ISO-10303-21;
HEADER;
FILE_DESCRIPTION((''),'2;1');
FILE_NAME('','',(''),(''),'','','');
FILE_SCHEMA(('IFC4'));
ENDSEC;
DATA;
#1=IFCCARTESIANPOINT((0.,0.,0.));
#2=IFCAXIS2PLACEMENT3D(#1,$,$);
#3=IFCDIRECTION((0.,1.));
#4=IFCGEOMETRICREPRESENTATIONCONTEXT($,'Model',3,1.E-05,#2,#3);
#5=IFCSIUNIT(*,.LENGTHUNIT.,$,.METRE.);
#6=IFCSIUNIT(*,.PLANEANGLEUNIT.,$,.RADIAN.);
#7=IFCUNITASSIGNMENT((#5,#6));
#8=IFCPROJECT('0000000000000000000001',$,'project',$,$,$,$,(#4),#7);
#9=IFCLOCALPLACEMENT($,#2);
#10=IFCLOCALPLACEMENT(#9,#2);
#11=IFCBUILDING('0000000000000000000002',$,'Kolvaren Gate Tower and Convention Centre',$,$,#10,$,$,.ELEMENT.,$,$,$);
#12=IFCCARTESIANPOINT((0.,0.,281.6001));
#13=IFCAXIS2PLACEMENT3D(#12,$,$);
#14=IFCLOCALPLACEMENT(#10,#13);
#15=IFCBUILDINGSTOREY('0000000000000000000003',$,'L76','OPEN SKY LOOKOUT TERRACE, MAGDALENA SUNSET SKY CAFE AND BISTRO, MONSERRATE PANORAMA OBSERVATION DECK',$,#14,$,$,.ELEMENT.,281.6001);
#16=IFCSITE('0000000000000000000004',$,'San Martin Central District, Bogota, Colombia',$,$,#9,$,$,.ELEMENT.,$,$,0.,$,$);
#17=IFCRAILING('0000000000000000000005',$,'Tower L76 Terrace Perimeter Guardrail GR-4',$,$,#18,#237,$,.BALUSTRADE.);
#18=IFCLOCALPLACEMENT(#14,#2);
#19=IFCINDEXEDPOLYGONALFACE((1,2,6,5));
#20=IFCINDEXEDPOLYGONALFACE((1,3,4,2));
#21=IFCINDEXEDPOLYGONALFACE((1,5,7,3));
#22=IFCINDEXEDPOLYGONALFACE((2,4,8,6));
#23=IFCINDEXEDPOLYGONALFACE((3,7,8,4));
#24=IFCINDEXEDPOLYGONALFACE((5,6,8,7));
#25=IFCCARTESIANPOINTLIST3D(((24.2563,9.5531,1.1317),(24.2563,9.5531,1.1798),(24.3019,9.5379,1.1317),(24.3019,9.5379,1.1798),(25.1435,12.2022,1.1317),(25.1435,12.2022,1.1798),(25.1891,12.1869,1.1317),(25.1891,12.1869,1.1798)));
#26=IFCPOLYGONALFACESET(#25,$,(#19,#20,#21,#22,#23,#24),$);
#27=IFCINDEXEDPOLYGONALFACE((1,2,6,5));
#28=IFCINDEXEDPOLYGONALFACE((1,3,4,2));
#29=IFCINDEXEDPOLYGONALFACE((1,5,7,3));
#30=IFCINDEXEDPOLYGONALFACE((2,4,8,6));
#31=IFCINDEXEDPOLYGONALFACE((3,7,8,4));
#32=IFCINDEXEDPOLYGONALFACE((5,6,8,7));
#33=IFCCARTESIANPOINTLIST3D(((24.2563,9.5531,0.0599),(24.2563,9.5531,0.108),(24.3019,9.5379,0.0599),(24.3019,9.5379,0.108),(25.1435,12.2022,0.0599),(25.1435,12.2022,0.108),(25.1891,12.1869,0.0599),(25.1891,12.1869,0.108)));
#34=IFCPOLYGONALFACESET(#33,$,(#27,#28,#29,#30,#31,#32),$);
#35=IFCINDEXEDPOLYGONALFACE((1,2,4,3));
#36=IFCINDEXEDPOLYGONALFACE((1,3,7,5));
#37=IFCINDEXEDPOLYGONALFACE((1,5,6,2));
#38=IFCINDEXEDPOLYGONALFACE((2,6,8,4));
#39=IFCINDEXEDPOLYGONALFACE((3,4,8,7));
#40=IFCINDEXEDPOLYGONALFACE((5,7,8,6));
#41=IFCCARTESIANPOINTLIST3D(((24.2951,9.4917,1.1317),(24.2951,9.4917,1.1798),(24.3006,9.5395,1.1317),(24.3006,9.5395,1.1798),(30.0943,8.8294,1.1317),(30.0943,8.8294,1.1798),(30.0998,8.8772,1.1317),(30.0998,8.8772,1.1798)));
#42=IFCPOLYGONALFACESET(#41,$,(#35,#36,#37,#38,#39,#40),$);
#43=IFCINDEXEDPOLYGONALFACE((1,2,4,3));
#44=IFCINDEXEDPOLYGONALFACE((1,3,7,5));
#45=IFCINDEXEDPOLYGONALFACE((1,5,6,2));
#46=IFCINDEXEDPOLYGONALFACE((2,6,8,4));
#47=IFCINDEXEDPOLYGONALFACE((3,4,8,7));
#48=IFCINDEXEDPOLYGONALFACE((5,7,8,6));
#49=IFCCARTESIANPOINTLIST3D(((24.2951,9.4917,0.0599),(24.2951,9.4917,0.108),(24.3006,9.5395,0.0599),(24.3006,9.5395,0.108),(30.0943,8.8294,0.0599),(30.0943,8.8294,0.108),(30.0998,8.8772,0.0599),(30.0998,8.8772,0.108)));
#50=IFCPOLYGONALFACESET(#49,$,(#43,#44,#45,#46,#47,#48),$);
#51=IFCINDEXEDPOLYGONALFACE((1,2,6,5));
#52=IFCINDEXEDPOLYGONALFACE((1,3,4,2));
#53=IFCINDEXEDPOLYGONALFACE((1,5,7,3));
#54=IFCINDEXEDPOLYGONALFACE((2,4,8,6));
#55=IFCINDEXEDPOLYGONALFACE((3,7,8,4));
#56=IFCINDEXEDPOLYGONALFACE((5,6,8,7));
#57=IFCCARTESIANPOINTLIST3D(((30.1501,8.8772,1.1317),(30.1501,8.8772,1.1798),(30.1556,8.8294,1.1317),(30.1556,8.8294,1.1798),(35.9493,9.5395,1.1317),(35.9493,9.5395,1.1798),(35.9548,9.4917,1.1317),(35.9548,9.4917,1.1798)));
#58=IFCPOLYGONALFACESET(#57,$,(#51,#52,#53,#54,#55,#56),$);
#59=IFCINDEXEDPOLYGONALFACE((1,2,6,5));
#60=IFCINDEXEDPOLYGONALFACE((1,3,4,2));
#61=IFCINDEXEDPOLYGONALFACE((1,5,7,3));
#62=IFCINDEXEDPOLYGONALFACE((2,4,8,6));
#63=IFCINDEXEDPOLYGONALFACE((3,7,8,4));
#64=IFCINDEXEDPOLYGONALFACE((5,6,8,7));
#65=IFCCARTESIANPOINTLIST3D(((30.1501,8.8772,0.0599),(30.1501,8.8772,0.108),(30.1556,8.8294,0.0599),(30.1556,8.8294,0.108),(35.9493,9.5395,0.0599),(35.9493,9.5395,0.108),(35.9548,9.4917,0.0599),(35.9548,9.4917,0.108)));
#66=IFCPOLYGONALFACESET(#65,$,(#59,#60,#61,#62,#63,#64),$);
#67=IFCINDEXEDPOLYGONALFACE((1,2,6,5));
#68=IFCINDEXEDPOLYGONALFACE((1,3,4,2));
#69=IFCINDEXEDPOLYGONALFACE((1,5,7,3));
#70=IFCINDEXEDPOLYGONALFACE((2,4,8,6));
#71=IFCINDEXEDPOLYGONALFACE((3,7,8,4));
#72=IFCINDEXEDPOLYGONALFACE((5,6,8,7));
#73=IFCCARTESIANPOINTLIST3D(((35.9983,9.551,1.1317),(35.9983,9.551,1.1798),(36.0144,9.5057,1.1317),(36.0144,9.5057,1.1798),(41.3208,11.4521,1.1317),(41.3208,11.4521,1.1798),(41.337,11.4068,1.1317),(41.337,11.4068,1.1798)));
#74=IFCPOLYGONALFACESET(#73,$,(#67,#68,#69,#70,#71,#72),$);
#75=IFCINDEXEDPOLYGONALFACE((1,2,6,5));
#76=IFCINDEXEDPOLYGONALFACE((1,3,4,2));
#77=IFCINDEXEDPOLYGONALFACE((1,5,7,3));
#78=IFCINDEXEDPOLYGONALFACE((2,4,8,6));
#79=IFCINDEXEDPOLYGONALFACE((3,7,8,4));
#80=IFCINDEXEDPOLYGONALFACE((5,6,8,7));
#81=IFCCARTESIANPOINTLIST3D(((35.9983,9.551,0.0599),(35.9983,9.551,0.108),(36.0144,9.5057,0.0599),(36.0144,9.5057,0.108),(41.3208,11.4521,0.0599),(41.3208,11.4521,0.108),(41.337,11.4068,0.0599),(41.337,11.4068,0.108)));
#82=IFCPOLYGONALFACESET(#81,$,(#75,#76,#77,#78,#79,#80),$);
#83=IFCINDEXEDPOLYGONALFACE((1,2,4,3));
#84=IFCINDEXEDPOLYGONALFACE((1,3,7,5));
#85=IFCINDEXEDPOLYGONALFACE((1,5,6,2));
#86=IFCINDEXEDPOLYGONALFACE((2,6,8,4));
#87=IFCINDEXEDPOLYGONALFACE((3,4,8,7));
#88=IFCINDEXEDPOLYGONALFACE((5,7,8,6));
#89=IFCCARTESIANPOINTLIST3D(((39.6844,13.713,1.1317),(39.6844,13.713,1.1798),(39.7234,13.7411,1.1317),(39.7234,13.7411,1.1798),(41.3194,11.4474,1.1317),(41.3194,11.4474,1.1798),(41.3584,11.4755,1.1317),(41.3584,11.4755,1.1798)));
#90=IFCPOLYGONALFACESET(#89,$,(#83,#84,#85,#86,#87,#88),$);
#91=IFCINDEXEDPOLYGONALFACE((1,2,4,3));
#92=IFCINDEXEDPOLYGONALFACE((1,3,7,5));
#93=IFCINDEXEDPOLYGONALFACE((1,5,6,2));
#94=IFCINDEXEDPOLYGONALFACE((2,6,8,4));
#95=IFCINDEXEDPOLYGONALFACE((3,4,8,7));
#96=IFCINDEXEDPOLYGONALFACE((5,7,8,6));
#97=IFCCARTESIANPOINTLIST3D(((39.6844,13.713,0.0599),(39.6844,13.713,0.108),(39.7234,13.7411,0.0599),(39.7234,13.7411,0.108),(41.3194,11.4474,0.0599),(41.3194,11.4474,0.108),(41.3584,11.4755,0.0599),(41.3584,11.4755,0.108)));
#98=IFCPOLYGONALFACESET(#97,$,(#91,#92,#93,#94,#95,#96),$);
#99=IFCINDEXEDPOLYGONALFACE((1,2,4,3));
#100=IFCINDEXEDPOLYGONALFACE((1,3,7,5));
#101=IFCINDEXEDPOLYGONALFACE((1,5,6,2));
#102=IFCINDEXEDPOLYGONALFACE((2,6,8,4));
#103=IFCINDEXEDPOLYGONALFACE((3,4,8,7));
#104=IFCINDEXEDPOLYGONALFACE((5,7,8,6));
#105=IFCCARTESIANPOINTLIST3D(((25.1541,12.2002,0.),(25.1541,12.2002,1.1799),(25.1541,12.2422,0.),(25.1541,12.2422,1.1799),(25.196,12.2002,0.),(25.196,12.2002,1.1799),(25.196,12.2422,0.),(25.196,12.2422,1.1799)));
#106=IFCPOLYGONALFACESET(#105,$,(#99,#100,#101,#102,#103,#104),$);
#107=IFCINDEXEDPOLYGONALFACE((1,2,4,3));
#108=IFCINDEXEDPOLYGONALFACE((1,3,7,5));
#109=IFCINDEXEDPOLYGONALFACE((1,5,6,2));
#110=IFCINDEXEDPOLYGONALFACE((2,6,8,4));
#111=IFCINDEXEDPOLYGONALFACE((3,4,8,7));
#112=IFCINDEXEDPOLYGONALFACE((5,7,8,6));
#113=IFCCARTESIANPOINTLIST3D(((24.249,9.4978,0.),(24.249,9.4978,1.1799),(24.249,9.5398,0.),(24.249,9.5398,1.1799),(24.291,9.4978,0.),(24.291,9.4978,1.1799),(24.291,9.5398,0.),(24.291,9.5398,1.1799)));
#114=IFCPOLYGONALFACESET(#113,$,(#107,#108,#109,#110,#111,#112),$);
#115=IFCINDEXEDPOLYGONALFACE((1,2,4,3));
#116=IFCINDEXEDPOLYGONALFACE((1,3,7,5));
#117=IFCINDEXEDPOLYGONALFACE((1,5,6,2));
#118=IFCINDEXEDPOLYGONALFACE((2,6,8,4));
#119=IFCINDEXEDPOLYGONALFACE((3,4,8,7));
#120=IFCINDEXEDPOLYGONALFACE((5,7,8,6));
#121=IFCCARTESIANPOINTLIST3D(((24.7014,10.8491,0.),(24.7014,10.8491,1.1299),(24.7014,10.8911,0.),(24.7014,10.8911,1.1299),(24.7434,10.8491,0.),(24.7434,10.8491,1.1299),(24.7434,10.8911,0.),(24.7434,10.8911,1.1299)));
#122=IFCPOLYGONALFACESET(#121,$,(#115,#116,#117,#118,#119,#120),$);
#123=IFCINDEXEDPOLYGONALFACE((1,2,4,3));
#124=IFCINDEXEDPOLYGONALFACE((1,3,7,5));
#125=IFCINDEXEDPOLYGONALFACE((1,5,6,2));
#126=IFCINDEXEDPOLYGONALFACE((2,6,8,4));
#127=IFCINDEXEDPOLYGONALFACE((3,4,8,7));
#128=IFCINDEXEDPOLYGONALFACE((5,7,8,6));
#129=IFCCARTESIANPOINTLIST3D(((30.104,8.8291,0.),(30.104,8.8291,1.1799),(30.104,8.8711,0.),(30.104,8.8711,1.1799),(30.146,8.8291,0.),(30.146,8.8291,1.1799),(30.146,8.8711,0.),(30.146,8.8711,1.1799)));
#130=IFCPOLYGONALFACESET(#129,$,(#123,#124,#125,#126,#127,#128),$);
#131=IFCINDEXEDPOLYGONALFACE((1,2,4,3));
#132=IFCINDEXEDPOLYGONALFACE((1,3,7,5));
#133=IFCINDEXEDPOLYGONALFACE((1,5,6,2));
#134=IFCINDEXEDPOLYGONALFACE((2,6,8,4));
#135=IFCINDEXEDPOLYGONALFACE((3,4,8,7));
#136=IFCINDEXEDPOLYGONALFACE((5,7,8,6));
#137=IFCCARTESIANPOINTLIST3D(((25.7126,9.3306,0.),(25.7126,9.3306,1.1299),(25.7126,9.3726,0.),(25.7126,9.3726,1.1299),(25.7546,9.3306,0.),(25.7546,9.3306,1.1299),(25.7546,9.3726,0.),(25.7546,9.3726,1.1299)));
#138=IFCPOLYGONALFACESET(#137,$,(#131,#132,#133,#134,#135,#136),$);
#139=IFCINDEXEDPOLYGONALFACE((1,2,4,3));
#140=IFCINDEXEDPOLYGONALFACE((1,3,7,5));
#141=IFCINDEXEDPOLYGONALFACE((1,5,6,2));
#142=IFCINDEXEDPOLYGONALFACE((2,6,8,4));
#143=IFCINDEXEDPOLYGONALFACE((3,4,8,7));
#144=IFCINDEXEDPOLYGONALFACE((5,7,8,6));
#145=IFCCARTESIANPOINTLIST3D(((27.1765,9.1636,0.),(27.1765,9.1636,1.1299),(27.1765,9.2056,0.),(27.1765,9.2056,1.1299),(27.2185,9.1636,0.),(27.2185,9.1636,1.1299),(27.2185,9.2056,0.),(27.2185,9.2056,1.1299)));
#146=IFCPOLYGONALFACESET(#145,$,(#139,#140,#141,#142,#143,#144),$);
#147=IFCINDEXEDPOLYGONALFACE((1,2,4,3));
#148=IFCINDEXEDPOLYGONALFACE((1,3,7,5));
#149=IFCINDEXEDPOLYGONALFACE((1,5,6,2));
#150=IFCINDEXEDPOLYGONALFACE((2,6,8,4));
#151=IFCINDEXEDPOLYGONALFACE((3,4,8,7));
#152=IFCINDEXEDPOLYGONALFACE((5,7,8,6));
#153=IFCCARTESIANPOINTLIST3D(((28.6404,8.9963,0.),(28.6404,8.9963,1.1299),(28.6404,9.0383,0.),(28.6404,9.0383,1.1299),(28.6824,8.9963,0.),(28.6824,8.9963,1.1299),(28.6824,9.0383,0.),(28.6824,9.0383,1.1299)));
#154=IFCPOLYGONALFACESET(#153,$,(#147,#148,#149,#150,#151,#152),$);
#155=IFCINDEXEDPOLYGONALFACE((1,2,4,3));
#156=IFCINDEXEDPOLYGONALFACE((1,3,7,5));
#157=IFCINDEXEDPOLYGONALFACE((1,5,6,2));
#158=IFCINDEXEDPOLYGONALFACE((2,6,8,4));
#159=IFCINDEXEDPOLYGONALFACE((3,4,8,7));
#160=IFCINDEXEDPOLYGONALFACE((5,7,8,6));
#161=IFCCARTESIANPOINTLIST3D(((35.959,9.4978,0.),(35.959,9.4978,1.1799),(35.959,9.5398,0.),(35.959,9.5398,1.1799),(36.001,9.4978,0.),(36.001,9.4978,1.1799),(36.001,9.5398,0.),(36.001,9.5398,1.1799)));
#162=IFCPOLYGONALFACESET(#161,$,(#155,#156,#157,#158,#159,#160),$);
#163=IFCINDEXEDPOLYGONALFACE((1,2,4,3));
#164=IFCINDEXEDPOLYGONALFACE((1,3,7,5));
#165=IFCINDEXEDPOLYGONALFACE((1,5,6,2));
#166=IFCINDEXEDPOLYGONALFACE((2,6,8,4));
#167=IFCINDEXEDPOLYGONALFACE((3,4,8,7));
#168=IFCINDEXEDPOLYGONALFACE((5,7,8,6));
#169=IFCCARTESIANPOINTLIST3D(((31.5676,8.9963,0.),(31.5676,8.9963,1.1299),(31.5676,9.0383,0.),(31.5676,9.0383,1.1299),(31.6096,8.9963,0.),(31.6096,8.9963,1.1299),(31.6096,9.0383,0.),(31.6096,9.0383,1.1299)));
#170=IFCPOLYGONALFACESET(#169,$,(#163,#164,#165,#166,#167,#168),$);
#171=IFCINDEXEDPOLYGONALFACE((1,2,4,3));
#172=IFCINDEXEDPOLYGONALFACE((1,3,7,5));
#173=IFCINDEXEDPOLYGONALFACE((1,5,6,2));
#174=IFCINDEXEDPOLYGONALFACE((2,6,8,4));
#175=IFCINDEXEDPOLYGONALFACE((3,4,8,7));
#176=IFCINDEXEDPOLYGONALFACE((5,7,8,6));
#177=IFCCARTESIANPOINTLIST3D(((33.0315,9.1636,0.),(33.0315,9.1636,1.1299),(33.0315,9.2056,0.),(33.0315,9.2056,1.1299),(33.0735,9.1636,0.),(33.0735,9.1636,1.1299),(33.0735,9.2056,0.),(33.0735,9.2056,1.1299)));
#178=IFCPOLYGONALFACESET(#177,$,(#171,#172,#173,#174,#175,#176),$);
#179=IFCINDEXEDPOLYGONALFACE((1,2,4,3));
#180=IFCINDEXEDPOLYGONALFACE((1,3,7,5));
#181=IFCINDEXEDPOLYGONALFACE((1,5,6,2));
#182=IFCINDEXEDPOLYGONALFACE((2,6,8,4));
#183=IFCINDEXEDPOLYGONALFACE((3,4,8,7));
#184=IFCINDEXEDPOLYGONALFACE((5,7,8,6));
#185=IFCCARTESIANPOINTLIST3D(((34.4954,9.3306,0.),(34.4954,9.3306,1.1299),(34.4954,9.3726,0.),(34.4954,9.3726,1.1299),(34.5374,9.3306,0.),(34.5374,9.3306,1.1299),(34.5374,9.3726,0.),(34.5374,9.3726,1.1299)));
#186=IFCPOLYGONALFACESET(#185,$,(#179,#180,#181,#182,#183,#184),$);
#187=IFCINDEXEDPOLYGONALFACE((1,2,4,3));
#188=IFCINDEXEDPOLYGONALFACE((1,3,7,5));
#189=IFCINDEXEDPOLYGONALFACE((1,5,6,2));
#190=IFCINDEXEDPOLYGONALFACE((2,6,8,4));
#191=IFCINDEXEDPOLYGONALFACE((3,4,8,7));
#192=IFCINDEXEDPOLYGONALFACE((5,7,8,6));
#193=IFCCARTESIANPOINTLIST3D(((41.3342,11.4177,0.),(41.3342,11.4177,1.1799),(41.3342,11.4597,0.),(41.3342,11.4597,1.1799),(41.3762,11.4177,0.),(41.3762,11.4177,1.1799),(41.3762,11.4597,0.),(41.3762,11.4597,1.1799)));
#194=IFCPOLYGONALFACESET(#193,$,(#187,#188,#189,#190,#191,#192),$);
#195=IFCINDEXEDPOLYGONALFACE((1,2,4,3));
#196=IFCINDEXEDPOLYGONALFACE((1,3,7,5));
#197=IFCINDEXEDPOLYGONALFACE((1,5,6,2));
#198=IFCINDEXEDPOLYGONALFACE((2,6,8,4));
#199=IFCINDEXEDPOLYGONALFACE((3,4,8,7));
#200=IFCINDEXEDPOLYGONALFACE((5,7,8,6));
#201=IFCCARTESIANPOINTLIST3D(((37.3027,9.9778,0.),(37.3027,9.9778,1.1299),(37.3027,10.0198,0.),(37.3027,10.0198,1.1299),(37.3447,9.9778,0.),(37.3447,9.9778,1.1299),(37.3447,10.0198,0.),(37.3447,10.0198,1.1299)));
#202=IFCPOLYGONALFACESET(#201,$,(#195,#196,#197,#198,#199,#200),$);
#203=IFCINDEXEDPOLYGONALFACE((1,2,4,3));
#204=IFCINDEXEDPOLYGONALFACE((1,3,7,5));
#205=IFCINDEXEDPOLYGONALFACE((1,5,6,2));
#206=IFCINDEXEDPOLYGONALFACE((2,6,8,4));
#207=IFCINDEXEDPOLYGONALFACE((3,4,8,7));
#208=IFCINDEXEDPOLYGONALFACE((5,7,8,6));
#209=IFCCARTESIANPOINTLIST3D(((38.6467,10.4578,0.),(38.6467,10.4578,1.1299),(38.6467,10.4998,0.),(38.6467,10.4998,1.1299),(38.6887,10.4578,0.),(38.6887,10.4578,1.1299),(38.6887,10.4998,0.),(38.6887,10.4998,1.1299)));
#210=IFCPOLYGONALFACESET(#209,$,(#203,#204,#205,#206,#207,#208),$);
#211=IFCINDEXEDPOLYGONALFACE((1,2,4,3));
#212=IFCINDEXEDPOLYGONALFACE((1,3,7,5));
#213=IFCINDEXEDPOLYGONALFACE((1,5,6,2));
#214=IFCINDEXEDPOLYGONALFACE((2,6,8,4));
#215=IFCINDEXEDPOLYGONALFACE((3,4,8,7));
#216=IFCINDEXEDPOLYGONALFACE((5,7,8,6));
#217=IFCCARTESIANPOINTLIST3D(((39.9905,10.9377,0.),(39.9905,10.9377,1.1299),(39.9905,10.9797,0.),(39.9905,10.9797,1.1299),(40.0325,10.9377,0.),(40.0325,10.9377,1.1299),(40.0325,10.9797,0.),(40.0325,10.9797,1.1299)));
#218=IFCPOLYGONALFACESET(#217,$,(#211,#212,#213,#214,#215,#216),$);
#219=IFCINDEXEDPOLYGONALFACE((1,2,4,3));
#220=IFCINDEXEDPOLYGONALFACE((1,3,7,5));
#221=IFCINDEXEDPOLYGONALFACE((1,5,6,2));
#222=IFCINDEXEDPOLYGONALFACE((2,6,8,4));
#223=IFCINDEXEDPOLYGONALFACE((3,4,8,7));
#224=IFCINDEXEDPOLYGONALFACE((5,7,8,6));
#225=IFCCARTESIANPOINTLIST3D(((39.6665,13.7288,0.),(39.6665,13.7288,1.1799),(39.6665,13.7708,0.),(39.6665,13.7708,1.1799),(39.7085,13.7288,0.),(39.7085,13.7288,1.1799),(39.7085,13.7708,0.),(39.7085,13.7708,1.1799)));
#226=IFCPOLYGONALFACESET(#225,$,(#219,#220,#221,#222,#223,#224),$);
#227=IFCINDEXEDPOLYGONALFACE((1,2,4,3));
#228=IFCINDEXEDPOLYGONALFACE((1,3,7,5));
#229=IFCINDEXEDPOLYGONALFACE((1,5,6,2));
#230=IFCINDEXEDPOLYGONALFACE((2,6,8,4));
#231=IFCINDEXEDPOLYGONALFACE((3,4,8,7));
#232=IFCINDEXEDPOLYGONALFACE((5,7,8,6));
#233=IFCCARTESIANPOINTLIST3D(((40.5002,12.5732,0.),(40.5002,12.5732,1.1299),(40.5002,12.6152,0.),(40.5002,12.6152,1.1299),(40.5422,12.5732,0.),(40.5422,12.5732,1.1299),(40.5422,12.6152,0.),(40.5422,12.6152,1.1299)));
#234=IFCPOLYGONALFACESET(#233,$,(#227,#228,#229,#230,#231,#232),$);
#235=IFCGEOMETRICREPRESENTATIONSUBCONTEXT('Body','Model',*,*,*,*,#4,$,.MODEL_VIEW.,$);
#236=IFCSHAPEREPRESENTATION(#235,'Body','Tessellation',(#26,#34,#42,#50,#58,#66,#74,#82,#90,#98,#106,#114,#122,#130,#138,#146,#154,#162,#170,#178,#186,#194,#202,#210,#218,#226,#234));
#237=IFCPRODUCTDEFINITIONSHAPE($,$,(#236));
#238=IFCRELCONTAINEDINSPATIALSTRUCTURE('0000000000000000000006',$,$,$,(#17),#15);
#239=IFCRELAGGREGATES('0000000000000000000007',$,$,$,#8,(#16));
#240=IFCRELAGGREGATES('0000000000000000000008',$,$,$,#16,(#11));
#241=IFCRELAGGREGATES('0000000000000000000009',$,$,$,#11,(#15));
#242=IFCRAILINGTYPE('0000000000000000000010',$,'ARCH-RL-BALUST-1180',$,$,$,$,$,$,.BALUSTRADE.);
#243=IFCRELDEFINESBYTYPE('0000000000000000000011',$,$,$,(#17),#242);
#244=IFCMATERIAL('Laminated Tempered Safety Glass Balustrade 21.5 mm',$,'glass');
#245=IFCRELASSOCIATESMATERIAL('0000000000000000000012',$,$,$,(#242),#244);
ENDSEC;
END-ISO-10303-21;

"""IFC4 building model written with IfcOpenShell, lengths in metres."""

from ifc_helpers import new_model, si_unit, direction, frame, origin, origin_2d, place, context, subcontext, project, spatial, rectangle, extrude, material, type_object, element, save


model = new_model("IFC4")

# Units and contexts
model_context = context("Model", 3, precision=1e-05, world=origin(), true_north=direction((0.0, 1.0)))
body_context = subcontext(model_context, "Body", "Model", "MODEL_VIEW")
ifc_project = project(units=[si_unit("LENGTHUNIT", "METRE"), si_unit("PLANEANGLEUNIT", "RADIAN")], contexts=[model_context])

# Site, building, storey
site_placement = place(None, origin())
site = spatial("IfcSite", under=ifc_project, at=site_placement, Name="San Martin Central District, Bogota, Colombia", CompositionType="ELEMENT", RefElevation=0.0)
building_placement = place(site_placement, origin())
building = spatial("IfcBuilding", under=site, at=building_placement, Name="Kolvaren Gate Tower and Convention Centre", CompositionType="ELEMENT")
storey_placement = place(building_placement, frame((0.0, 0.0, 281.6001)))
storey = spatial("IfcBuildingStorey", under=building, at=storey_placement, Name="L76", Description="OPEN SKY LOOKOUT TERRACE, MAGDALENA SUNSET SKY CAFE AND BISTRO, MONSERRATE PANORAMA OBSERVATION DECK", CompositionType="ELEMENT", Elevation=281.6001)

# Railing
ifc_material_1 = material(Name="Laminated Tempered Safety Glass Balustrade 21.5 mm", Category="glass")
railing_type = type_object("IfcRailingType", Name="ARCH-RL-BALUST-1180", PredefinedType="BALUSTRADE", material=ifc_material_1)
railing_placement = place(storey_placement, frame((25.175, 12.2212, 0.0)))
element("IfcRailing", 1, at=railing_placement, inside=storey, type_object=railing_type, Name="Tower L76 Terrace Perimeter Guardrail GR-4", PredefinedType="BALUSTRADE", context=body_context, shape_type="SweptSolid", body=[
    extrude(rectangle(XDim=0.0481, YDim=0.0481, at=origin_2d()), frame((-0.0088, -0.0266, 1.1558), z_axis=(-0.317564, -0.948237, 0.0), x_axis=(0.948237, -0.317564, 0.0)), (0.0, 0.0, 1.0), 2.7937),
    extrude(rectangle(XDim=0.0481, YDim=0.0481, at=origin_2d()), frame((-0.0088, -0.0266, 0.084), z_axis=(-0.317564, -0.948237, 0.0), x_axis=(0.948237, -0.317564, 0.0)), (0.0, 0.0, 1.0), 2.7937),
    extrude(rectangle(XDim=0.0481, YDim=0.0481, at=origin_2d()), frame((-0.8772, -2.7056, 1.1558), z_axis=(0.993541, -0.113473, 0.0), x_axis=(0.113473, 0.993541, 0.0)), (0.0, 0.0, 1.0), 5.8369),
    extrude(rectangle(XDim=0.0481, YDim=0.0481, at=origin_2d()), frame((-0.8772, -2.7056, 0.084), z_axis=(0.993541, -0.113473, 0.0), x_axis=(0.113473, 0.993541, 0.0)), (0.0, 0.0, 1.0), 5.8369),
    extrude(rectangle(XDim=0.0481, YDim=0.0481, at=origin_2d()), frame((4.9778, -3.3679, 1.1558), z_axis=(0.993541, 0.113473, 0.0), x_axis=(-0.113473, 0.993541, 0.0)), (0.0, 0.0, 1.0), 5.8369),
    extrude(rectangle(XDim=0.0481, YDim=0.0481, at=origin_2d()), frame((4.9778, -3.3679, 0.084), z_axis=(0.993541, 0.113473, 0.0), x_axis=(-0.113473, 0.993541, 0.0)), (0.0, 0.0, 1.0), 5.8369),
    extrude(rectangle(XDim=0.0481, YDim=0.0481, at=origin_2d()), frame((10.8313, -2.6929, 1.1558), z_axis=(0.941731, 0.336366, 0.0), x_axis=(-0.336366, 0.941731, 0.0)), (0.0, 0.0, 1.0), 5.6519),
    extrude(rectangle(XDim=0.0481, YDim=0.0481, at=origin_2d()), frame((10.8313, -2.6929, 0.084), z_axis=(0.941731, 0.336366, 0.0), x_axis=(-0.336366, 0.941731, 0.0)), (0.0, 0.0, 1.0), 5.6519),
    extrude(rectangle(XDim=0.0481, YDim=0.0481, at=origin_2d()), frame((16.1638, -0.7598, 1.1558), z_axis=(-0.585178, 0.810905, 0.0), x_axis=(-0.810905, -0.585178, 0.0)), (0.0, 0.0, 1.0), 2.7939),
    extrude(rectangle(XDim=0.0481, YDim=0.0481, at=origin_2d()), frame((16.1638, -0.7598, 0.084), z_axis=(-0.585178, 0.810905, 0.0), x_axis=(-0.810905, -0.585178, 0.0)), (0.0, 0.0, 1.0), 2.7939),
    extrude(rectangle(XDim=0.042, YDim=0.042, at=origin_2d()), origin(), (0.0, 0.0, 1.0), 1.1799),
    extrude(rectangle(XDim=0.042, YDim=0.042, at=origin_2d()), frame((-0.905, -2.7024, 0.0)), (0.0, 0.0, 1.0), 1.1799),
    extrude(rectangle(XDim=0.042, YDim=0.042, at=origin_2d()), frame((-0.4526, -1.3511, 0.0)), (0.0, 0.0, 1.0), 1.1299),
    extrude(rectangle(XDim=0.042, YDim=0.042, at=origin_2d()), frame((4.95, -3.3711, 0.0)), (0.0, 0.0, 1.0), 1.1799),
    extrude(rectangle(XDim=0.042, YDim=0.042, at=origin_2d()), frame((0.5586, -2.8696, 0.0)), (0.0, 0.0, 1.0), 1.1299),
    extrude(rectangle(XDim=0.042, YDim=0.042, at=origin_2d()), frame((2.0225, -3.0366, 0.0)), (0.0, 0.0, 1.0), 1.1299),
    extrude(rectangle(XDim=0.042, YDim=0.042, at=origin_2d()), frame((3.4863, -3.2039, 0.0)), (0.0, 0.0, 1.0), 1.1299),
    extrude(rectangle(XDim=0.042, YDim=0.042, at=origin_2d()), frame((10.8049, -2.7024, 0.0)), (0.0, 0.0, 1.0), 1.1799),
    extrude(rectangle(XDim=0.042, YDim=0.042, at=origin_2d()), frame((6.4136, -3.2039, 0.0)), (0.0, 0.0, 1.0), 1.1299),
    extrude(rectangle(XDim=0.042, YDim=0.042, at=origin_2d()), frame((7.8774, -3.0366, 0.0)), (0.0, 0.0, 1.0), 1.1299),
    extrude(rectangle(XDim=0.042, YDim=0.042, at=origin_2d()), frame((9.3413, -2.8696, 0.0)), (0.0, 0.0, 1.0), 1.1299),
    extrude(rectangle(XDim=0.042, YDim=0.042, at=origin_2d()), frame((16.1802, -0.7825, 0.0)), (0.0, 0.0, 1.0), 1.1799),
    extrude(rectangle(XDim=0.042, YDim=0.042, at=origin_2d()), frame((12.1487, -2.2224, 0.0)), (0.0, 0.0, 1.0), 1.1299),
    extrude(rectangle(XDim=0.042, YDim=0.042, at=origin_2d()), frame((13.4927, -1.7424, 0.0)), (0.0, 0.0, 1.0), 1.1299),
    extrude(rectangle(XDim=0.042, YDim=0.042, at=origin_2d()), frame((14.8364, -1.2625, 0.0)), (0.0, 0.0, 1.0), 1.1299),
    extrude(rectangle(XDim=0.042, YDim=0.042, at=origin_2d()), frame((14.5125, 1.5286, 0.0)), (0.0, 0.0, 1.0), 1.1799),
    extrude(rectangle(XDim=0.042, YDim=0.042, at=origin_2d()), frame((15.3462, 0.373, 0.0)), (0.0, 0.0, 1.0), 1.1299),
])

save(model, "model.ifc")
